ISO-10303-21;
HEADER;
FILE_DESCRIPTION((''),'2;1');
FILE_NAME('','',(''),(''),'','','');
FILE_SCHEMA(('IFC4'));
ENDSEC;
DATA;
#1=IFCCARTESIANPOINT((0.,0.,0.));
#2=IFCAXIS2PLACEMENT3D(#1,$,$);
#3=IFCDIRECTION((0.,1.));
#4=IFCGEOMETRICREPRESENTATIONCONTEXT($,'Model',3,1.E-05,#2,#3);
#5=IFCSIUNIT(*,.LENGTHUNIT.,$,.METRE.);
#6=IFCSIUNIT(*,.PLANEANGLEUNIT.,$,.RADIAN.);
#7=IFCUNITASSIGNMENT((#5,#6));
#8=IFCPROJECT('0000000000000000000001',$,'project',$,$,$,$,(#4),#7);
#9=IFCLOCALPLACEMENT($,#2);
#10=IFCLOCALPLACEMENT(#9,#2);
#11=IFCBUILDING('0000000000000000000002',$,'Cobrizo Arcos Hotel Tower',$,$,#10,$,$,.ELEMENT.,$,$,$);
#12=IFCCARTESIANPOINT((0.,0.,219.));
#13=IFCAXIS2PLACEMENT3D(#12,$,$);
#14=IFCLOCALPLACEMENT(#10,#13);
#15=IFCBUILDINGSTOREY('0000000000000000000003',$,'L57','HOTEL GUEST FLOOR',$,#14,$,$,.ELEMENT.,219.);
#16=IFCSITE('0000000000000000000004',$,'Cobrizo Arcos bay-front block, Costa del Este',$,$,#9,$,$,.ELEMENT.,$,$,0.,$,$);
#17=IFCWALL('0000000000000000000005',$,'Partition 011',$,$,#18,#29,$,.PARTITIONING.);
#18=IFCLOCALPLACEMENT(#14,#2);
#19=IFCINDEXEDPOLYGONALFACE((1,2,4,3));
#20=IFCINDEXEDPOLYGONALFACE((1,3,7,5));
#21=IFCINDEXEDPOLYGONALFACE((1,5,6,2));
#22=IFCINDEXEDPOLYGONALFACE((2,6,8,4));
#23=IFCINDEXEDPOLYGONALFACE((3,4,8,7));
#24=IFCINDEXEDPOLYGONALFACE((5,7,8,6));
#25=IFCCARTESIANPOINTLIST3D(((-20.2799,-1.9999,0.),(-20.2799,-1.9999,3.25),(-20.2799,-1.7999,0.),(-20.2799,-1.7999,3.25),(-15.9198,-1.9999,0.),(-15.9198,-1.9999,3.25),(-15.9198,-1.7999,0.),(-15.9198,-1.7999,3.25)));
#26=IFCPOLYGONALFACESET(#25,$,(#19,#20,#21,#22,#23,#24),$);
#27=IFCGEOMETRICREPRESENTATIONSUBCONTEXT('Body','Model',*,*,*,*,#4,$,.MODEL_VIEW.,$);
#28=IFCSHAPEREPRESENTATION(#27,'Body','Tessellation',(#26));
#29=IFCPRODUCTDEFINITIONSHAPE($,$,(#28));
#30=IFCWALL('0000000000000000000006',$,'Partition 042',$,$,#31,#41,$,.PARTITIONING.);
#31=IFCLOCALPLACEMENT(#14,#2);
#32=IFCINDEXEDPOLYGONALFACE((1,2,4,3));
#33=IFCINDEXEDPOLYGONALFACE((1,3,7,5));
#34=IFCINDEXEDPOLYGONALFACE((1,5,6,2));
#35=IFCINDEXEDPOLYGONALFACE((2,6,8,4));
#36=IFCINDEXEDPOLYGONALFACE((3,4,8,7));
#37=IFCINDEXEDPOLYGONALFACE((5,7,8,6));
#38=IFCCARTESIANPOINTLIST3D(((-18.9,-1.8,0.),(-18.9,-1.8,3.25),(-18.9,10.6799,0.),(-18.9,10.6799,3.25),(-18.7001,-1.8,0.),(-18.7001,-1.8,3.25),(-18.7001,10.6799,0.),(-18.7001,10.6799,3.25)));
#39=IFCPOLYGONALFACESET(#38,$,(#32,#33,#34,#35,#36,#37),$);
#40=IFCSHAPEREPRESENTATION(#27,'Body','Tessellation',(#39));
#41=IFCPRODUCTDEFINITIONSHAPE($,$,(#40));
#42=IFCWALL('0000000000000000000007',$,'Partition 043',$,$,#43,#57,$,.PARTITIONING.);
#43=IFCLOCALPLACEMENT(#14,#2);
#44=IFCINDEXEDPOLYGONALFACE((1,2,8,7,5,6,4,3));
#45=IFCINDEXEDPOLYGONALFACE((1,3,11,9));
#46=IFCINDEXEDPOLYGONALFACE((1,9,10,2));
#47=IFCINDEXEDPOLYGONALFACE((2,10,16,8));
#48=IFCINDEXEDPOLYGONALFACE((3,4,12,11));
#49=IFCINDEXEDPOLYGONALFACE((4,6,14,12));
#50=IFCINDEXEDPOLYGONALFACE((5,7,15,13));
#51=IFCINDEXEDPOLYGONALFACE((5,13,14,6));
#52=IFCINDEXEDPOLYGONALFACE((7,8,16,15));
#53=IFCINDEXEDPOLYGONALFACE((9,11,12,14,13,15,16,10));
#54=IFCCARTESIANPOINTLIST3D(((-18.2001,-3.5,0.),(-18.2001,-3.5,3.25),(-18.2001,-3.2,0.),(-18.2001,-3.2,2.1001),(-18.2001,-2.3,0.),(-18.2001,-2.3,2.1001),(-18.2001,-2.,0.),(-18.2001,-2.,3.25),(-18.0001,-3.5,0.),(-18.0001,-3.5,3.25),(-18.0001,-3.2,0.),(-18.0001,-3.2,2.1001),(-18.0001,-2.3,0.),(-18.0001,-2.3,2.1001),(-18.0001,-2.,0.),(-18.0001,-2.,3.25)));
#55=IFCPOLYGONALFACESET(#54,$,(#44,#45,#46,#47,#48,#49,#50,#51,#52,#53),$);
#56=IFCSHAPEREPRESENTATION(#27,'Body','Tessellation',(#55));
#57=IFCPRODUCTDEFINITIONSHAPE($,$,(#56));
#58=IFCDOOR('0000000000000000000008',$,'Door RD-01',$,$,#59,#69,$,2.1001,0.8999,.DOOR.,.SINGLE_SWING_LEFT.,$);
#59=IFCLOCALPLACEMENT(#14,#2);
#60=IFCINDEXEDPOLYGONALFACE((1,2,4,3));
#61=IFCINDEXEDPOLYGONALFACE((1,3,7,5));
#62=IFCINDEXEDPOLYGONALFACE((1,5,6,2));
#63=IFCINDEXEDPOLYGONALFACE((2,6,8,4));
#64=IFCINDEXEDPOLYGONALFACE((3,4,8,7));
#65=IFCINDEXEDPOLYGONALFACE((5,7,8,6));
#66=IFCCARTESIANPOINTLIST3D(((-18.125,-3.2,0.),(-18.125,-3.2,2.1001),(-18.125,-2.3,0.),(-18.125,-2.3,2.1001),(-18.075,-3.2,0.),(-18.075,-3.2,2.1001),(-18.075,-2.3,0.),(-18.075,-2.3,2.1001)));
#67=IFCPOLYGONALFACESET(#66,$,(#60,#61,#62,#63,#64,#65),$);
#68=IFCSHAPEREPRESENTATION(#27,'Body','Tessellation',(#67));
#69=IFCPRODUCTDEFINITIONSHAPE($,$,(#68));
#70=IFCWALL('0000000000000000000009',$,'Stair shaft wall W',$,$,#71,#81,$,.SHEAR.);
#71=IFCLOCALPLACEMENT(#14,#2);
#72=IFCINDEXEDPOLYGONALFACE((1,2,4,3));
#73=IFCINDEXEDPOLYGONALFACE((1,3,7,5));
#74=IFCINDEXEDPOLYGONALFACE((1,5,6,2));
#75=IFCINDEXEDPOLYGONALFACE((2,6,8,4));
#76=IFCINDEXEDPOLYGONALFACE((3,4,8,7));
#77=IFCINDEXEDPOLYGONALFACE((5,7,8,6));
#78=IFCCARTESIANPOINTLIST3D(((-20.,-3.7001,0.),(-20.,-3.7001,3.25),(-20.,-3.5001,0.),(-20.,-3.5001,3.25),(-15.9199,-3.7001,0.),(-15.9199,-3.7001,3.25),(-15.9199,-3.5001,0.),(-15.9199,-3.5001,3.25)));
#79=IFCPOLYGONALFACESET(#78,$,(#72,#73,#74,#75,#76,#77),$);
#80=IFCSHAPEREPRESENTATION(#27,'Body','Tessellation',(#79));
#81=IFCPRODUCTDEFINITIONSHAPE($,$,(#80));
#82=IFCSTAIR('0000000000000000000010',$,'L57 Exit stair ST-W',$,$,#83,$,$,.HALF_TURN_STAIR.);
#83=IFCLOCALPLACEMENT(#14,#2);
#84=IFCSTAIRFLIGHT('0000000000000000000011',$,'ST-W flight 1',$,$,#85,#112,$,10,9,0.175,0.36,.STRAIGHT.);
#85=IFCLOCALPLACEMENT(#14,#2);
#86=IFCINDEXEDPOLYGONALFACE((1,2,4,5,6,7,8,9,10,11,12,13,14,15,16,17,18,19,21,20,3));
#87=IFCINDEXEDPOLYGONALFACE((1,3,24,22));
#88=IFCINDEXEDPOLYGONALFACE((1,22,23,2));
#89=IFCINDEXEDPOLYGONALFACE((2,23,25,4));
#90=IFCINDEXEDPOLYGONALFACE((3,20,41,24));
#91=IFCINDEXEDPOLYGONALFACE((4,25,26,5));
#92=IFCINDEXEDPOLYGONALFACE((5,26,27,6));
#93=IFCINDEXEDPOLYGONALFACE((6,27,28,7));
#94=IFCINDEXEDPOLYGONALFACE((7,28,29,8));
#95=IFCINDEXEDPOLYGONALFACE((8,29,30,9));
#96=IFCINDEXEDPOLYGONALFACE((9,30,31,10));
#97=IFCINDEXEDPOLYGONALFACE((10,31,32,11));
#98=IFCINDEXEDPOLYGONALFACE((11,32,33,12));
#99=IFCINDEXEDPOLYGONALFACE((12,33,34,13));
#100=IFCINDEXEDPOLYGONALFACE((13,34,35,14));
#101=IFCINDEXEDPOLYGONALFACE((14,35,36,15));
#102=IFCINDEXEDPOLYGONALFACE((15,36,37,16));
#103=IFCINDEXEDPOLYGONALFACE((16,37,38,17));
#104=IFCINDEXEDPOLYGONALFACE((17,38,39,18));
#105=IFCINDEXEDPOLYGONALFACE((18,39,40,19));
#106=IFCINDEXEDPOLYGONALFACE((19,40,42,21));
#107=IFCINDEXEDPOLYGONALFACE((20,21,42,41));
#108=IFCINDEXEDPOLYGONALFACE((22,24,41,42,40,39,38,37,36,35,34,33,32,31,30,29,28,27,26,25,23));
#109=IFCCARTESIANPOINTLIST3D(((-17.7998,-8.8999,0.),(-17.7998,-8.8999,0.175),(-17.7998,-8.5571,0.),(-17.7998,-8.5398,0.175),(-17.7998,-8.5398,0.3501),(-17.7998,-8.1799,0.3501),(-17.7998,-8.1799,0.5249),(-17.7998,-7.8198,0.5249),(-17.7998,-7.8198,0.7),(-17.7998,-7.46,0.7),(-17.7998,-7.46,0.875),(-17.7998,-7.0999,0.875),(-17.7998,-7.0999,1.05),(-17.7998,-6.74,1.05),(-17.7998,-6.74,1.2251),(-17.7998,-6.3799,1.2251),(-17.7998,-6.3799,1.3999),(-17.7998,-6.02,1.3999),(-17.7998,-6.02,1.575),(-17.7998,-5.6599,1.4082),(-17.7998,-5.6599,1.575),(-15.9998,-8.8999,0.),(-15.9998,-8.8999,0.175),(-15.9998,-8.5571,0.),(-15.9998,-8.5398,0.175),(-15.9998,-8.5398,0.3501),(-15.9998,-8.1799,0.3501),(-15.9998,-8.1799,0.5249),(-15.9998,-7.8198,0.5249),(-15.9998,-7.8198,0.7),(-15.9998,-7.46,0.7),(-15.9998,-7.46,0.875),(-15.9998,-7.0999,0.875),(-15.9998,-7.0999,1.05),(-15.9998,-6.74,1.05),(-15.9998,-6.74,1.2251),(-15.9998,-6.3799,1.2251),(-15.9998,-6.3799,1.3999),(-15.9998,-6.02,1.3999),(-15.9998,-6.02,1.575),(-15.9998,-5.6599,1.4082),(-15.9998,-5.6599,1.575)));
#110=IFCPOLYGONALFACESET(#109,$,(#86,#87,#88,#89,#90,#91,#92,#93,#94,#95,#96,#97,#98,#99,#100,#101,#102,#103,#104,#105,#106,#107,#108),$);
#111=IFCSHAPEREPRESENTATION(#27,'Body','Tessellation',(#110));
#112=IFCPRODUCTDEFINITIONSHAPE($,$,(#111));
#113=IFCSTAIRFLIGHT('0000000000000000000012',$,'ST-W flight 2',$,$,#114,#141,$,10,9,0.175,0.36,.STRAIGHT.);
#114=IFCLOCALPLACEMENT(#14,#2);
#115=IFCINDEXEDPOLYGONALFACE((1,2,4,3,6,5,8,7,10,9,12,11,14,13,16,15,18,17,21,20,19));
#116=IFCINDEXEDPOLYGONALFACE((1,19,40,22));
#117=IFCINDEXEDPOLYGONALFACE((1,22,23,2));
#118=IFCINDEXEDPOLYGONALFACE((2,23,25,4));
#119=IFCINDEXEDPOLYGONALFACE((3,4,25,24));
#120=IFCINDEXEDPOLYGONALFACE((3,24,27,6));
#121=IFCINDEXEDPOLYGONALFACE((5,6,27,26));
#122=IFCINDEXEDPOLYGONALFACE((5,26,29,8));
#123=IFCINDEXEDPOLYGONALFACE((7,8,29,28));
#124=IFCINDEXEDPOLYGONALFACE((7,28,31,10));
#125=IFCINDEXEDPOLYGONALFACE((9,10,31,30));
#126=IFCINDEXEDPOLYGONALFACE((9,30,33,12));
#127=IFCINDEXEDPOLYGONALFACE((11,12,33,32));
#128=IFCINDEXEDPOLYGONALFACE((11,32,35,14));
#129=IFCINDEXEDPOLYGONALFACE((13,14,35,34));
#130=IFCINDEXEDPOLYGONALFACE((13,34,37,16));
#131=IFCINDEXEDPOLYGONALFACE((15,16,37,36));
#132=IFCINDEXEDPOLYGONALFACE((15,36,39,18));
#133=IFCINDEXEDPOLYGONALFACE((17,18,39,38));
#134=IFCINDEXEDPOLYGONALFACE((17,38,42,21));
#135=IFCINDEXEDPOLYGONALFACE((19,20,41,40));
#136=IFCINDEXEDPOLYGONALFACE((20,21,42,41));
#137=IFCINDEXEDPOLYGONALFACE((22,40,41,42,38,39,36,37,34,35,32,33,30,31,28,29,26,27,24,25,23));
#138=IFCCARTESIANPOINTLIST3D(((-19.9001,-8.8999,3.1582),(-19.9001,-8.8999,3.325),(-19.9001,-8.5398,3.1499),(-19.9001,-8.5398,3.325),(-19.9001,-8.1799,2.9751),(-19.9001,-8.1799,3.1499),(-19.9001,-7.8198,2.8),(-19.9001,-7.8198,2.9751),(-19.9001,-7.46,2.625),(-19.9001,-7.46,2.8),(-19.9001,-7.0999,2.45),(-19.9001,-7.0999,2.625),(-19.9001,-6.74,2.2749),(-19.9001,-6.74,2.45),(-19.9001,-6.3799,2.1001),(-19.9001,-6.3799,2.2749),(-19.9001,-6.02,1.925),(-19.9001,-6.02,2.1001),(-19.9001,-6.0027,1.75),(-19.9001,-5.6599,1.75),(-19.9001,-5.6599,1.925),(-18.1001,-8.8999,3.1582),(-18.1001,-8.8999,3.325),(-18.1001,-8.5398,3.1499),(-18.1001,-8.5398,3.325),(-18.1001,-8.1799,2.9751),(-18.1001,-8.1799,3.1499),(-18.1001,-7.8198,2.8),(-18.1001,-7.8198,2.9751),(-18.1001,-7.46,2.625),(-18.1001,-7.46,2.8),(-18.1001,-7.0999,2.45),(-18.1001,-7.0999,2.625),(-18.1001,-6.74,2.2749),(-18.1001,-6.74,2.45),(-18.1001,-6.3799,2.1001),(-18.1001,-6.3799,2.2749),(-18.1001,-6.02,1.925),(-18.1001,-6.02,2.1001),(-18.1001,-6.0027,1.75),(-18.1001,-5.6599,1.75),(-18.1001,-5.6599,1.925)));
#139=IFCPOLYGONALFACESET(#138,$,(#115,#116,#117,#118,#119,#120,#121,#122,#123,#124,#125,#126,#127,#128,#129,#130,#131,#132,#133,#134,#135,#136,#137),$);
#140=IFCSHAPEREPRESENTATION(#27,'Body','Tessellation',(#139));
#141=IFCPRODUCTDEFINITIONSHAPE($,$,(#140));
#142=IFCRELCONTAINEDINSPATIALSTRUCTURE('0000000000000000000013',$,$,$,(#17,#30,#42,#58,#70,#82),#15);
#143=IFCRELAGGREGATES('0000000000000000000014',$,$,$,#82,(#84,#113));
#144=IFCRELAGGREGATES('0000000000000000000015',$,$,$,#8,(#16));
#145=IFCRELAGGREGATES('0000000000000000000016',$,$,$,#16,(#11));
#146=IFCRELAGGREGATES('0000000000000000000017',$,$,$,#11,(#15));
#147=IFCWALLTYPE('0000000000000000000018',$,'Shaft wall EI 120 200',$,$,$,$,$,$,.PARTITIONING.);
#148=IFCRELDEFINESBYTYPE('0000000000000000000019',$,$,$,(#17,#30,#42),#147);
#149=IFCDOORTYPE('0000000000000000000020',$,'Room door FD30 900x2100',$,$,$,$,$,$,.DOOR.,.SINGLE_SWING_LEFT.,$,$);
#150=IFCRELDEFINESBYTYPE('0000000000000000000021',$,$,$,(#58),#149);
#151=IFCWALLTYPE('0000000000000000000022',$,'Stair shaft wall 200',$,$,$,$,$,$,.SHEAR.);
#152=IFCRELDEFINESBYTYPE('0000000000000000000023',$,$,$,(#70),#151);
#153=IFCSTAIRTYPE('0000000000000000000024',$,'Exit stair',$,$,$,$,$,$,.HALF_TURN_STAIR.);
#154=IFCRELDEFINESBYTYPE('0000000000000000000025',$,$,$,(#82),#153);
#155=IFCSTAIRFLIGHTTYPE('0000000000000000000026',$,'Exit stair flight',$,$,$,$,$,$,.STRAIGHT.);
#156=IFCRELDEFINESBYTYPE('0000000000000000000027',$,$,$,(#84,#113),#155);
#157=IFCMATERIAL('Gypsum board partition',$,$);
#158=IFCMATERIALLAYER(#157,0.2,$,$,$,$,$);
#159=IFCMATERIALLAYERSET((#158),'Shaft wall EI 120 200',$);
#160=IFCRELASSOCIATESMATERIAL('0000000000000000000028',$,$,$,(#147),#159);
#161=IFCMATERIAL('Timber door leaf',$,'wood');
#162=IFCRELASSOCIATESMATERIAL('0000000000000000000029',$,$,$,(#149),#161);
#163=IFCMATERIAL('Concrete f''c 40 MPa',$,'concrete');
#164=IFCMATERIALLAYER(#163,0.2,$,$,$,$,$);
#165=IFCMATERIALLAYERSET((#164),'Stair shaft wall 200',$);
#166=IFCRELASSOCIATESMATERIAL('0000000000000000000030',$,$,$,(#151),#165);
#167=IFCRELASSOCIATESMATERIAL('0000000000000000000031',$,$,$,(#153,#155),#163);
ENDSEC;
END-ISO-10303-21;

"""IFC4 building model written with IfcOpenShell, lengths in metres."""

from ifc_helpers import new_model, si_unit, direction, frame, frame_2d, origin, place, context, subcontext, project, spatial, polyline, rectangle, outline, extrude, material, layer, layer_set, type_object, element, fill, aggregate, save


model = new_model("IFC4")

# Units and contexts
model_context = context("Model", 3, precision=1e-05, world=origin(), true_north=direction((0.0, 1.0)))
body_context = subcontext(model_context, "Body", "Model", "MODEL_VIEW")
ifc_project = project(units=[si_unit("LENGTHUNIT", "METRE"), si_unit("PLANEANGLEUNIT", "RADIAN")], contexts=[model_context])

# Site, building, storey
site_placement = place(None, origin())
site = spatial("IfcSite", under=ifc_project, at=site_placement, Name="Cobrizo Arcos bay-front block, Costa del Este", CompositionType="ELEMENT", RefElevation=0.0)
building_placement = place(site_placement, origin())
building = spatial("IfcBuilding", under=site, at=building_placement, Name="Cobrizo Arcos Hotel Tower", CompositionType="ELEMENT")
storey_placement = place(building_placement, frame((0.0, 0.0, 219.0)))
storey = spatial("IfcBuildingStorey", under=building, at=storey_placement, Name="L57", Description="HOTEL GUEST FLOOR", CompositionType="ELEMENT", Elevation=219.0)

# Walls
ifc_material_1 = material(Name="Gypsum board partition")
ifc_layer_1 = layer(ifc_material_1, 0.2)
ifc_layer_set_1 = layer_set([ifc_layer_1], Name="Shaft wall EI 120 200")
wall_type_1 = type_object("IfcWallType", Name="Shaft wall EI 120 200", PredefinedType="PARTITIONING", material=ifc_layer_set_1)
wall_1_placement = place(storey_placement, frame((-20.28, -1.8999, 0.0), z_axis=(0.0, 0.0, 1.0), x_axis=(1.0, 0.0, 0.0)))
element("IfcWall", 1, at=wall_1_placement, inside=storey, type_object=wall_type_1, Name="Partition 011", PredefinedType="PARTITIONING", context=body_context, shape_type="SweptSolid", body=[
    extrude(rectangle(XDim=4.3601, YDim=0.2, at=frame_2d((2.1802, 0.0))), origin(), (0.0, 0.0, 1.0), 3.25),
])
wall_2_placement = place(storey_placement, frame((-18.8, -1.8, 0.0), z_axis=(0.0, 0.0, 1.0), x_axis=(0.0, 1.0, 0.0)))
element("IfcWall", 2, at=wall_2_placement, inside=storey, type_object=wall_type_1, Name="Partition 042", PredefinedType="PARTITIONING", context=body_context, shape_type="SweptSolid", body=[
    extrude(rectangle(XDim=12.48, YDim=0.2, at=frame_2d((6.24, 0.0))), origin(), (0.0, 0.0, 1.0), 3.25),
])

# Wall, opening, door
wall_3_placement = place(storey_placement, frame((-18.1001, -3.5, 0.0), z_axis=(0.0, 0.0, 1.0), x_axis=(0.0, 1.0, 0.0)))
wall_3 = element("IfcWall", 3, at=wall_3_placement, inside=storey, type_object=wall_type_1, Name="Partition 043", PredefinedType="PARTITIONING", context=body_context, shape_type="SweptSolid", body=[
    extrude(rectangle(XDim=1.5, YDim=0.2, at=frame_2d((0.75, 0.0))), origin(), (0.0, 0.0, 1.0), 3.25),
])
opening_placement = place(wall_3_placement, frame((0.3, 0.0, 0.0)))
opening = element("IfcOpeningElement", 4, at=opening_placement, cuts=wall_3, PredefinedType="OPENING", context=body_context, shape_type="SweptSolid", body=[
    extrude(rectangle(XDim=0.8999, YDim=2.1001, at=frame_2d((0.45, 1.05))), frame((0.0, 0.1121, 0.0), z_axis=(0.0, -1.0, 0.0), x_axis=(1.0, 0.0, 0.0)), (0.0, 0.0, 1.0), 0.2239),
])
ifc_material_2 = material(Name="Timber door leaf", Category="wood")
door_type = type_object("IfcDoorType", Name="Room door FD30 900x2100", OperationType="SINGLE_SWING_LEFT", PredefinedType="DOOR", material=ifc_material_2)
door_placement = place(opening_placement, origin())
door = element("IfcDoor", 5, at=door_placement, inside=storey, type_object=door_type, Name="Door RD-01", OperationType="SINGLE_SWING_LEFT", OverallHeight=2.1001, OverallWidth=0.8999, PredefinedType="DOOR", context=body_context, shape_type="SweptSolid", body=[
    extrude(rectangle(XDim=0.8999, YDim=2.1001, at=frame_2d((0.45, 1.05))), frame((0.0, 0.0249, 0.0), z_axis=(0.0, -1.0, 0.0), x_axis=(1.0, 0.0, 0.0)), (0.0, 0.0, 1.0), 0.05),
])
fill(opening, door)

# Wall
ifc_material_3 = material(Name="Concrete f'c 40 MPa", Category="concrete")
ifc_layer_2 = layer(ifc_material_3, 0.2)
ifc_layer_set_2 = layer_set([ifc_layer_2], Name="Stair shaft wall 200")
wall_type_2 = type_object("IfcWallType", Name="Stair shaft wall 200", PredefinedType="SHEAR", material=ifc_layer_set_2)
wall_4_placement = place(storey_placement, frame((-20.0, -3.6001, 0.0), z_axis=(0.0, 0.0, 1.0), x_axis=(1.0, 0.0, 0.0)))
element("IfcWall", 6, at=wall_4_placement, inside=storey, type_object=wall_type_2, Name="Stair shaft wall W", PredefinedType="SHEAR", context=body_context, shape_type="SweptSolid", body=[
    extrude(rectangle(XDim=4.0801, YDim=0.2, at=frame_2d((2.04, 0.0))), origin(), (0.0, 0.0, 1.0), 3.25),
])

# Stair, stair flights
stair_type = type_object("IfcStairType", Name="Exit stair", PredefinedType="HALF_TURN_STAIR", material=ifc_material_3)
stair_placement = place(storey_placement, origin())
stair = element("IfcStair", 7, at=stair_placement, inside=storey, type_object=stair_type, Name="L57 Exit stair ST-W", PredefinedType="HALF_TURN_STAIR")
stair_flight_type = type_object("IfcStairFlightType", Name="Exit stair flight", PredefinedType="STRAIGHT", material=ifc_material_3)
stair_flight_1_placement = place(storey_placement, frame((-16.8999, -8.8999, 0.0), z_axis=(0.0, 0.0, 1.0), x_axis=(0.0, 1.0, 0.0)))
stair_flight_1 = element("IfcStairFlight", 8, at=stair_flight_1_placement, type_object=stair_flight_type, Name="ST-W flight 1", NumberOfRisers=10, NumberOfTreads=9, PredefinedType="STRAIGHT", RiserHeight=0.175, TreadLength=0.36, context=body_context, shape_type="SweptSolid", body=[
    extrude(outline(polyline([(0.0, 0.0), (0.0, 0.175), (0.3601, 0.175), (0.3601, 0.3501), (0.72, 0.3501), (0.72, 0.5249), (1.0801, 0.5249), (1.0801, 0.7), (1.4399, 0.7), (1.4399, 0.875), (1.8, 0.875), (1.8, 1.05), (2.1599, 1.05), (2.1599, 1.2251), (2.52, 1.2251), (2.52, 1.3999), (2.8799, 1.3999), (2.8799, 1.575), (3.24, 1.575), (3.24, 1.75), (3.24, 1.4082), (0.3428, 0.0), (0.0, 0.0)])), frame((0.0, 0.8999, 0.0), z_axis=(0.0, -1.0, 0.0), x_axis=(1.0, 0.0, 0.0)), (0.0, 0.0, 1.0), 1.8),
])
stair_flight_2_placement = place(storey_placement, frame((-19.0, -5.6599, 1.75), z_axis=(0.0, 0.0, 1.0), x_axis=(0.0, -1.0, 0.0)))
stair_flight_2 = element("IfcStairFlight", 9, at=stair_flight_2_placement, type_object=stair_flight_type, Name="ST-W flight 2", NumberOfRisers=10, NumberOfTreads=9, PredefinedType="STRAIGHT", RiserHeight=0.175, TreadLength=0.36, context=body_context, shape_type="SweptSolid", body=[
    extrude(outline(polyline([(0.0, 0.0), (0.0, 0.175), (0.3601, 0.175), (0.3601, 0.3501), (0.72, 0.3501), (0.72, 0.5249), (1.0801, 0.5249), (1.0801, 0.7), (1.4399, 0.7), (1.4399, 0.875), (1.8, 0.875), (1.8, 1.05), (2.1599, 1.05), (2.1599, 1.2251), (2.52, 1.2251), (2.52, 1.3999), (2.8799, 1.3999), (2.8799, 1.575), (3.24, 1.575), (3.24, 1.75), (3.24, 1.4082), (0.3428, 0.0), (0.0, 0.0)])), frame((0.0, 0.8999, 0.0), z_axis=(0.0, -1.0, 0.0), x_axis=(1.0, 0.0, 0.0)), (0.0, 0.0, 1.0), 1.8),
])
aggregate(stair, [stair_flight_1, stair_flight_2])

save(model, "model.ifc")
